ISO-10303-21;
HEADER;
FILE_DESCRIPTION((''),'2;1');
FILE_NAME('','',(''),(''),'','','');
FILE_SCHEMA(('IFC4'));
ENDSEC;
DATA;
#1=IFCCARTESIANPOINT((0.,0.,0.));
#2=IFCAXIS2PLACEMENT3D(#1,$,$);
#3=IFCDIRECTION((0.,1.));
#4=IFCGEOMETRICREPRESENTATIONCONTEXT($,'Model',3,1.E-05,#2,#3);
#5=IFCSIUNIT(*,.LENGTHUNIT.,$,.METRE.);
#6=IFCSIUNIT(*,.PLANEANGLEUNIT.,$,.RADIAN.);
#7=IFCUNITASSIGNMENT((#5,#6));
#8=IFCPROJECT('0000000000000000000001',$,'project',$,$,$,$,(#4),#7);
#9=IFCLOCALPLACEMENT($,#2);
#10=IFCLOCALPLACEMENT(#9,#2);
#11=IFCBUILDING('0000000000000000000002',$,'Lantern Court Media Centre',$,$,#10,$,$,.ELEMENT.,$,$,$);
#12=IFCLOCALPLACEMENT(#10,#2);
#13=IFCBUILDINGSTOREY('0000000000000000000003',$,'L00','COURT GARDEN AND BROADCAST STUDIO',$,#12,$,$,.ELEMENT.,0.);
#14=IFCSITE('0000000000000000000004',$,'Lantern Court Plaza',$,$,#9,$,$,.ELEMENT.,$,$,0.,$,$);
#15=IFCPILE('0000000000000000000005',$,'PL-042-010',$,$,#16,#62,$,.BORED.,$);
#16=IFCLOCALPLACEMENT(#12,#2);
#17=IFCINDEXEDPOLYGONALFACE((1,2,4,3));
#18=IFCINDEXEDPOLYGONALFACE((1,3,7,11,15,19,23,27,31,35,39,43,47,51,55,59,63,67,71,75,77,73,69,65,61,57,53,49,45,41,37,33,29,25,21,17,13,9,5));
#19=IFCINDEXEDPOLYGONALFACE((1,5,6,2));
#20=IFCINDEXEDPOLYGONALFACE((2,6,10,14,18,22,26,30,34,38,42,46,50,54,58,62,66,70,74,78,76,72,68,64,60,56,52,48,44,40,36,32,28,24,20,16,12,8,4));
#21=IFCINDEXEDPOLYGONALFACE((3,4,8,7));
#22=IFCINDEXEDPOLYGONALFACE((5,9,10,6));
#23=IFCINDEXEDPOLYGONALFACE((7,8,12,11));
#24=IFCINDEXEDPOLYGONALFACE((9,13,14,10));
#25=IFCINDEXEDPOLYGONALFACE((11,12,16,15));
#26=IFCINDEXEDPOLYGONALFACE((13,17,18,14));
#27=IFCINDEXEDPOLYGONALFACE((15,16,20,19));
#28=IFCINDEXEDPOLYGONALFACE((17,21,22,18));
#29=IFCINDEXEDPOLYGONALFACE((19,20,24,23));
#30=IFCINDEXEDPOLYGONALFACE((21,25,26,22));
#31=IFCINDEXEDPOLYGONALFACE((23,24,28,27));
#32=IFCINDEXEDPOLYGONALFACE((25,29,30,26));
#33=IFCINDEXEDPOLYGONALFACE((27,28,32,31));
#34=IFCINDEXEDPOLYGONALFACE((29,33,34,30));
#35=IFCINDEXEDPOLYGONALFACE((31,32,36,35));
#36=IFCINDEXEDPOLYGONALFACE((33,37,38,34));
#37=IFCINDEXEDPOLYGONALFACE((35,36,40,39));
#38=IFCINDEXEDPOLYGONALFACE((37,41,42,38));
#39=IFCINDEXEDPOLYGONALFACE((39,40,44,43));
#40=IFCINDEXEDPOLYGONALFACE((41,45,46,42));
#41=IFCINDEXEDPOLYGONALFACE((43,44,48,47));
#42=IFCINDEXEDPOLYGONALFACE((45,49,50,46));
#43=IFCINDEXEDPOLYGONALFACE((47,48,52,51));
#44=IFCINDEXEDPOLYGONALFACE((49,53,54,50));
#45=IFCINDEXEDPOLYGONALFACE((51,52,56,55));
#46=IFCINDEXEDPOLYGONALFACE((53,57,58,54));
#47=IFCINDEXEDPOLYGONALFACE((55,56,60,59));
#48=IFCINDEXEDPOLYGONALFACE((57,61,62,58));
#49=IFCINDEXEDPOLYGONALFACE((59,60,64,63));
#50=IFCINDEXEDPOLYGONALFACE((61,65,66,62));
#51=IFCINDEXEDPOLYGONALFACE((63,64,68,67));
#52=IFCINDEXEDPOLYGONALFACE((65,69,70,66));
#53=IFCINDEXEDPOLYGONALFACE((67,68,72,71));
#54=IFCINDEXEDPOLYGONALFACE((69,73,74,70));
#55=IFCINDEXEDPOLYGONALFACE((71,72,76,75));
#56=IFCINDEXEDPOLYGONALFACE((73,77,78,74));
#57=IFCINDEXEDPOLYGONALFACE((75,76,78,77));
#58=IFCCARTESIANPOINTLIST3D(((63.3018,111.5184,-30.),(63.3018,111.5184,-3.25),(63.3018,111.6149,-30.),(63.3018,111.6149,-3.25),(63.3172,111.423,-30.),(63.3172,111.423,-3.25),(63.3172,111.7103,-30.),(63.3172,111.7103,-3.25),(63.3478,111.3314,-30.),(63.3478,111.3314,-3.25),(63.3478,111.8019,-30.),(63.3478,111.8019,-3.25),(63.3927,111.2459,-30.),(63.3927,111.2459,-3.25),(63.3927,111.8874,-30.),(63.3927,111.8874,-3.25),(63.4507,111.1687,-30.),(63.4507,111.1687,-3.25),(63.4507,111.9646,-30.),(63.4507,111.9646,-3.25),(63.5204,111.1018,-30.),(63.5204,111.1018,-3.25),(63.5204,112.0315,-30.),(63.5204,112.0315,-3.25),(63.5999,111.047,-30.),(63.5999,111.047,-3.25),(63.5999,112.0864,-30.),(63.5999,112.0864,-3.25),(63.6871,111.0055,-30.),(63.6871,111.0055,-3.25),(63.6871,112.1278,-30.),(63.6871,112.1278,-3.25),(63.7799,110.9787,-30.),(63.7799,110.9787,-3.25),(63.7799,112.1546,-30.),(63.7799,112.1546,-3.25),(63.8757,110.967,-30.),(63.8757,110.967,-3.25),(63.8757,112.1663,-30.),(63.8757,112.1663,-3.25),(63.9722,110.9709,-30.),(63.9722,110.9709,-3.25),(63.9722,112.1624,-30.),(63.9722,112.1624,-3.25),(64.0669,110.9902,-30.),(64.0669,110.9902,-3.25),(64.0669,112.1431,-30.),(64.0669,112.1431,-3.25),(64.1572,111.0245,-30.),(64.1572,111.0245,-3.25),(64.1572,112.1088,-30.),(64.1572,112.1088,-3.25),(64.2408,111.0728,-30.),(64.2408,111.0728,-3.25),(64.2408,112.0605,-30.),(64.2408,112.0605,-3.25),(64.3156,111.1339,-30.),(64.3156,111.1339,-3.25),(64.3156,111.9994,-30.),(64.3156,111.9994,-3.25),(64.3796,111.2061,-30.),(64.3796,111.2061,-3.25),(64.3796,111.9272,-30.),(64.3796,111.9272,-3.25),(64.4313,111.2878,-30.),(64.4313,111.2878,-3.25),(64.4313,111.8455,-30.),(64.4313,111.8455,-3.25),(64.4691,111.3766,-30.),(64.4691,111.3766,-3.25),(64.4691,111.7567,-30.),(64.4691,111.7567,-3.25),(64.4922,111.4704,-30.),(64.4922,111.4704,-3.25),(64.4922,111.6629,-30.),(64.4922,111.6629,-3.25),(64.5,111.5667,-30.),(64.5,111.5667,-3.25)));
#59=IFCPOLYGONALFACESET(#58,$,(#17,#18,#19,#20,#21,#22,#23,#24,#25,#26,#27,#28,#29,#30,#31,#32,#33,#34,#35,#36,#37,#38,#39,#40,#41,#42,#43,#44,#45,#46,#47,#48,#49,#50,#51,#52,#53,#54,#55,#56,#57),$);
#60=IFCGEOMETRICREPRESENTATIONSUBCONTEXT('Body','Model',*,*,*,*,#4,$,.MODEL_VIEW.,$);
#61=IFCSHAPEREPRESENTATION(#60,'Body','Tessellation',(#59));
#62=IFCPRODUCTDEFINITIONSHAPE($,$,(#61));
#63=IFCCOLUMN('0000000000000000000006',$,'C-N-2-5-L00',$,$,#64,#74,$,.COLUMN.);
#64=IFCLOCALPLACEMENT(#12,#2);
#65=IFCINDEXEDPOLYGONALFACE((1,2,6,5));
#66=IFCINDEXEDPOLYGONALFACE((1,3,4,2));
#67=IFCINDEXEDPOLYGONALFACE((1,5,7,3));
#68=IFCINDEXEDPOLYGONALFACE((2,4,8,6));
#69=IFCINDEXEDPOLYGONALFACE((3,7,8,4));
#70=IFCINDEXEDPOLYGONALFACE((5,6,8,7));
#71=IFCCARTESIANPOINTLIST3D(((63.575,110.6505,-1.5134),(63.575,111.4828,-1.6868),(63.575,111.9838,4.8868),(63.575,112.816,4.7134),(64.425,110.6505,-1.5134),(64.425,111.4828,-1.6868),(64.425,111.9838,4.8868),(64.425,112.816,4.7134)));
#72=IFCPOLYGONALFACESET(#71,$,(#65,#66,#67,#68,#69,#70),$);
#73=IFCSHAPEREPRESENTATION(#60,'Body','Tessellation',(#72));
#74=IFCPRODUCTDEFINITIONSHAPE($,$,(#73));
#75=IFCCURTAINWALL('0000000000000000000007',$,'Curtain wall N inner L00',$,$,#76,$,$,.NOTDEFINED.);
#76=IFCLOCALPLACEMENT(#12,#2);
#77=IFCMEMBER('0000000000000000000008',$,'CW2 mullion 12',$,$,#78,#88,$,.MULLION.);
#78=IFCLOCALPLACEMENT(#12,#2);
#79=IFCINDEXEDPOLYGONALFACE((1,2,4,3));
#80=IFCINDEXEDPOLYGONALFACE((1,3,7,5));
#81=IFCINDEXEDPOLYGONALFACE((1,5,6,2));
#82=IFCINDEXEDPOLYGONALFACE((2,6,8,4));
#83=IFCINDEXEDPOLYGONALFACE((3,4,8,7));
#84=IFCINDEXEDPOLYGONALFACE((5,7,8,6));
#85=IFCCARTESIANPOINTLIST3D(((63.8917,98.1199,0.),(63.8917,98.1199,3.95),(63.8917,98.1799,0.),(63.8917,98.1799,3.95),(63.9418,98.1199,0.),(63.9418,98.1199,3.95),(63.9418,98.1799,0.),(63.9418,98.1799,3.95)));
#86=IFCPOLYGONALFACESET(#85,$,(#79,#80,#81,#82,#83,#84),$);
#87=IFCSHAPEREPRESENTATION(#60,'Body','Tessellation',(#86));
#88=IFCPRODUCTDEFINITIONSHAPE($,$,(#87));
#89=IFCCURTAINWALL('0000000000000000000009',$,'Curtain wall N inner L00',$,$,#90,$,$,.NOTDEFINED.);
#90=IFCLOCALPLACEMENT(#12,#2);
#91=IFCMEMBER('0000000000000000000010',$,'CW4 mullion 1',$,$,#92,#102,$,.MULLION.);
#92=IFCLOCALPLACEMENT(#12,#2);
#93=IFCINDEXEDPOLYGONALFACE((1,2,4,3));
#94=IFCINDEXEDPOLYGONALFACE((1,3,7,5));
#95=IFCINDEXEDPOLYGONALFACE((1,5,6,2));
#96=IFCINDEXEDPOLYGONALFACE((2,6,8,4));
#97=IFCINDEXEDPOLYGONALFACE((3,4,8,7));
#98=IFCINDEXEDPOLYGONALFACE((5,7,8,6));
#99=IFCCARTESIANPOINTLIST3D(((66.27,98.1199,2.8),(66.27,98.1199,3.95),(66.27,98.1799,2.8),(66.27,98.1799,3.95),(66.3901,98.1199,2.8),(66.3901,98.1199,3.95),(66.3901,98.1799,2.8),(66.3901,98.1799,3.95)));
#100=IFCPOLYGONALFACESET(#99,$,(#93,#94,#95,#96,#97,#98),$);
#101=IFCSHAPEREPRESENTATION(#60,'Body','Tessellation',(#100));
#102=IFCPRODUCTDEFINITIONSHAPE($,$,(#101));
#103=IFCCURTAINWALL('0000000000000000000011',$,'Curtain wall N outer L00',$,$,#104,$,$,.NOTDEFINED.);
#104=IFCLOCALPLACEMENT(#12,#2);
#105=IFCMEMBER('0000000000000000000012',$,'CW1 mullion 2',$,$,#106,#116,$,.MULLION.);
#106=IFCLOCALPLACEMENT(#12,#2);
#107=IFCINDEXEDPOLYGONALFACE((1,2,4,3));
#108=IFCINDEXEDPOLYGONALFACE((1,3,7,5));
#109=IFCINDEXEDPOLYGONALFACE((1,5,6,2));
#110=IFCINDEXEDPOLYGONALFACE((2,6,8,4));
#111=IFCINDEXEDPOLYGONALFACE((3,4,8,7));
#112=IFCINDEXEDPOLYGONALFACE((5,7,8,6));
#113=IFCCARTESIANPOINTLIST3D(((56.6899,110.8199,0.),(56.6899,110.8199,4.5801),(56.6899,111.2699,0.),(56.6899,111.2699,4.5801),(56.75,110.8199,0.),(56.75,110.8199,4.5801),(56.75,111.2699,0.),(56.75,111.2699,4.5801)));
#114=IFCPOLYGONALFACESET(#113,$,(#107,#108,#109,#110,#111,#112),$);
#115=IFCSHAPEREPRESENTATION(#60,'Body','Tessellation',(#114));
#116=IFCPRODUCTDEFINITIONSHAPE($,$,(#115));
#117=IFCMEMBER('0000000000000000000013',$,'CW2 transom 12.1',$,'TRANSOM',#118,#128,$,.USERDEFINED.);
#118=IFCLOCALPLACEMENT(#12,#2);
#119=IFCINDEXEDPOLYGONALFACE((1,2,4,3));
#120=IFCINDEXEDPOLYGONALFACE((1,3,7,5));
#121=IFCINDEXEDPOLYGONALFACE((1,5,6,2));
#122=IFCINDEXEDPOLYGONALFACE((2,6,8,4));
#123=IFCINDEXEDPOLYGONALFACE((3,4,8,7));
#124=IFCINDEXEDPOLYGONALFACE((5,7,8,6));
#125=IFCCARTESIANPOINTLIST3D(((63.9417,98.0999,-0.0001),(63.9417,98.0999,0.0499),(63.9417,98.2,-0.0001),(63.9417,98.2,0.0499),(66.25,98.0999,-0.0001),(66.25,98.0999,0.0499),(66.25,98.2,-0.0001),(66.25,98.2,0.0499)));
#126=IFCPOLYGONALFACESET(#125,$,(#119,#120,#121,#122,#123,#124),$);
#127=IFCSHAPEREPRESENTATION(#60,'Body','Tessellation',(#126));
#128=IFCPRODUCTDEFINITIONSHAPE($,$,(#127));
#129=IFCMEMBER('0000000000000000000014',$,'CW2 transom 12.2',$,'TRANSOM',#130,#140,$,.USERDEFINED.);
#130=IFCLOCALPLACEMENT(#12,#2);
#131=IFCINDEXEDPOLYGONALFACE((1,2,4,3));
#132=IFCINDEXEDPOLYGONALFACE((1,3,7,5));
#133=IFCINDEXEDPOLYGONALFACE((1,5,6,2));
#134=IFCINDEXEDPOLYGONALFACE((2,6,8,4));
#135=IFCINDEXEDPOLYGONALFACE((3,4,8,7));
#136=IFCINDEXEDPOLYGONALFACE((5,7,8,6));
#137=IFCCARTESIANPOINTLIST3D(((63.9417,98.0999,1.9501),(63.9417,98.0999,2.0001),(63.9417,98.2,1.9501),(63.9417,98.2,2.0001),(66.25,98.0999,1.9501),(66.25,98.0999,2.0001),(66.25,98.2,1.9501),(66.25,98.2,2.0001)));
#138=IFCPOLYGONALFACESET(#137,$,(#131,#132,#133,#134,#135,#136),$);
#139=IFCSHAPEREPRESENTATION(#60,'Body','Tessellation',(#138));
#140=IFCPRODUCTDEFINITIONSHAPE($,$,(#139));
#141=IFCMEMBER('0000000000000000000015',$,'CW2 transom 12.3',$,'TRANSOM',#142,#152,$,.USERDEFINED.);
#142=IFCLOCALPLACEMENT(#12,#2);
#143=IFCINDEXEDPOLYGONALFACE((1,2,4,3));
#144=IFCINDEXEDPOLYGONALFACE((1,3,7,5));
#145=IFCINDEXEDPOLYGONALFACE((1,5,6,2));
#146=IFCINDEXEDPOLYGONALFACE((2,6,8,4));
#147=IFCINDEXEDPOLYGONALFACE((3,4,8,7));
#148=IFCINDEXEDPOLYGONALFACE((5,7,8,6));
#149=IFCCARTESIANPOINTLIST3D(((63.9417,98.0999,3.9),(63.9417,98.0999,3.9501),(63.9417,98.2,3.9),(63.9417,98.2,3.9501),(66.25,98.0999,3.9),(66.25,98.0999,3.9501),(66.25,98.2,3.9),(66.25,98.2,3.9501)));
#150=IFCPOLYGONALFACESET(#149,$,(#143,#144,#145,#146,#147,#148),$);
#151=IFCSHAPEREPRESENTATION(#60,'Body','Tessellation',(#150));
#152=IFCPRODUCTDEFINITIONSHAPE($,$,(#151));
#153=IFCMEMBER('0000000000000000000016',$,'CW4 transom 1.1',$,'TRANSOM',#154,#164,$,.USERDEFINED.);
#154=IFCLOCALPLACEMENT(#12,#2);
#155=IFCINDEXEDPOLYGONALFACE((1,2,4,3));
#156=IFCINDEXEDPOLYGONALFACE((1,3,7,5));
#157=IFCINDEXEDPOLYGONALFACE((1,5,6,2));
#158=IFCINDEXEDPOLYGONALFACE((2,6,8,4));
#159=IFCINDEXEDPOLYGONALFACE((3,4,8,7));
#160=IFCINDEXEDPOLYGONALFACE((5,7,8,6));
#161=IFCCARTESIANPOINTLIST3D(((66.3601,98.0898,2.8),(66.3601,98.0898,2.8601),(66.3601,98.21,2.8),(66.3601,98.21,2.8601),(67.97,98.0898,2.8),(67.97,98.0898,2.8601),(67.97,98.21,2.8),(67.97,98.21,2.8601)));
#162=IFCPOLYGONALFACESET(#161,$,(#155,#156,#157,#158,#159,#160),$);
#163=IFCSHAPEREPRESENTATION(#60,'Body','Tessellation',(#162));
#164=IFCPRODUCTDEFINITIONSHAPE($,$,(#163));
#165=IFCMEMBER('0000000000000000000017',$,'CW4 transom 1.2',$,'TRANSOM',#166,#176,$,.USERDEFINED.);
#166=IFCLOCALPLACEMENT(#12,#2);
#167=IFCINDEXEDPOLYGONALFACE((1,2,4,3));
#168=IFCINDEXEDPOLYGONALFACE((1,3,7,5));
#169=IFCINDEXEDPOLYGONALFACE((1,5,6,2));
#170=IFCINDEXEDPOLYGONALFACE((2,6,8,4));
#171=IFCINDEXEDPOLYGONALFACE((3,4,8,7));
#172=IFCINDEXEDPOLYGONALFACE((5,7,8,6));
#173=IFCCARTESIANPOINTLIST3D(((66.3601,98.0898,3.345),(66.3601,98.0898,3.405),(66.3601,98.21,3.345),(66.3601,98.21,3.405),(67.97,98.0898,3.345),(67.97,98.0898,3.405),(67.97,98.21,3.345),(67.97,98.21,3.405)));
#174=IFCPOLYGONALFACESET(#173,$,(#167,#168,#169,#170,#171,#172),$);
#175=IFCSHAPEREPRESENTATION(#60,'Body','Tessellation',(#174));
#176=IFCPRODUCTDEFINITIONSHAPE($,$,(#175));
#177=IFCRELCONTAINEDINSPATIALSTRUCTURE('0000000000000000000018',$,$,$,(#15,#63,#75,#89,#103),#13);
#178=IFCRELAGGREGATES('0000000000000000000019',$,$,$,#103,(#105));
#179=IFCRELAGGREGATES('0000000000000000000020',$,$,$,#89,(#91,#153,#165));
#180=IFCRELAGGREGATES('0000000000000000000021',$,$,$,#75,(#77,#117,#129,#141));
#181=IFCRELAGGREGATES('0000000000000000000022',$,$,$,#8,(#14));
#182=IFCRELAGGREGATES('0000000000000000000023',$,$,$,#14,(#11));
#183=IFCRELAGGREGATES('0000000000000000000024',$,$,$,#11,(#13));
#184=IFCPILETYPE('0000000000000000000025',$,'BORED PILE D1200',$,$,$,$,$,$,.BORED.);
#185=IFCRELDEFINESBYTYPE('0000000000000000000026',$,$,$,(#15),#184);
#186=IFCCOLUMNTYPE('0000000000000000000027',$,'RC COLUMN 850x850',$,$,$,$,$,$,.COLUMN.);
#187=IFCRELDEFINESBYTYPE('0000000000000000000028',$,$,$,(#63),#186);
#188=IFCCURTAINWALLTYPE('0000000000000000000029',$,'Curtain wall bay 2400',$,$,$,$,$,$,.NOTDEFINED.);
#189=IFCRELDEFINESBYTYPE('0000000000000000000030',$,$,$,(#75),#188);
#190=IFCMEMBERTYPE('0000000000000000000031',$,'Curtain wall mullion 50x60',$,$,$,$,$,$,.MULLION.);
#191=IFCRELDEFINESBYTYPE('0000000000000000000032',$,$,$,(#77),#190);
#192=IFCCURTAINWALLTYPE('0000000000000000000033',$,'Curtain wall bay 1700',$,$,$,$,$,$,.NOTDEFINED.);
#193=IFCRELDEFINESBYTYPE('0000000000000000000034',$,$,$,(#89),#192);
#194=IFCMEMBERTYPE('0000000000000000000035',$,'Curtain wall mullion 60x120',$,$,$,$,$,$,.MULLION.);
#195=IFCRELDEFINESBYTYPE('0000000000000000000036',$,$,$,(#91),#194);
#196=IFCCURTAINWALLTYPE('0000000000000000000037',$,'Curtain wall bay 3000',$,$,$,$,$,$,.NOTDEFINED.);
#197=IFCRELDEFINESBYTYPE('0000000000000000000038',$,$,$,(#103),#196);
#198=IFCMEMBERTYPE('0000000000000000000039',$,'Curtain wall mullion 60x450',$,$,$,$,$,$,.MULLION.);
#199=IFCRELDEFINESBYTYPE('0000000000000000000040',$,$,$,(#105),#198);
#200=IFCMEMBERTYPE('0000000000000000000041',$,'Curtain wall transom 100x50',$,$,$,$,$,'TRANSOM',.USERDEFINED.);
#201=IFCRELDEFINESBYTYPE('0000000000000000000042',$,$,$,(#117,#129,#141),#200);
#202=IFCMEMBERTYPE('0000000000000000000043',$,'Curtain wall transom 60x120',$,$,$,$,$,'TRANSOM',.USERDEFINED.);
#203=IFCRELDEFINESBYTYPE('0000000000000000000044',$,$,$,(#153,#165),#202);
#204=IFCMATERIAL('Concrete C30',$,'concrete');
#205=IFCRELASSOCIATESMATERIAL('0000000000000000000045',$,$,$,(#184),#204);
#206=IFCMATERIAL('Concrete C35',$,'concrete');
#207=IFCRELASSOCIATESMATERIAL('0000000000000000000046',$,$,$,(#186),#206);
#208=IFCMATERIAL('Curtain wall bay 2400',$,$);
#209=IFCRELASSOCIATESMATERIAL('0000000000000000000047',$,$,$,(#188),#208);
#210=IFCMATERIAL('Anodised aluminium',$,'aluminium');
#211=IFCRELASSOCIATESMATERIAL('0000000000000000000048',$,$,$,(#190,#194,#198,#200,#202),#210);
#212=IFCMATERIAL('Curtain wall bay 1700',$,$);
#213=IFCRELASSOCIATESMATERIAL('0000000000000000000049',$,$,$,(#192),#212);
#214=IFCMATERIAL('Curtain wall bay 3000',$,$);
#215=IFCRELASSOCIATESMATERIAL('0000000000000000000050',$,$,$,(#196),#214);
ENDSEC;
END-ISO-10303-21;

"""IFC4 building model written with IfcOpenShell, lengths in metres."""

from ifc_helpers import new_model, si_unit, direction, frame, origin, origin_2d, place, context, subcontext, project, spatial, rectangle, circle, extrude, material, material_profile, profile_set, type_object, element, aggregate, save


model = new_model("IFC4")

# Units and contexts
model_context = context("Model", 3, precision=1e-05, world=origin(), true_north=direction((0.0, 1.0)))
body_context = subcontext(model_context, "Body", "Model", "MODEL_VIEW")
ifc_project = project(units=[si_unit("LENGTHUNIT", "METRE"), si_unit("PLANEANGLEUNIT", "RADIAN")], contexts=[model_context])

# Site, building, storey
site_placement = place(None, origin())
site = spatial("IfcSite", under=ifc_project, at=site_placement, Name="Lantern Court Plaza", CompositionType="ELEMENT", RefElevation=0.0)
building_placement = place(site_placement, origin())
building = spatial("IfcBuilding", under=site, at=building_placement, Name="Lantern Court Media Centre", CompositionType="ELEMENT")
storey_placement = place(building_placement, origin())
storey = spatial("IfcBuildingStorey", under=building, at=storey_placement, Name="L00", Description="COURT GARDEN AND BROADCAST STUDIO", CompositionType="ELEMENT", Elevation=0.0)

# Pile
ifc_material_1 = material(Name="Concrete C30", Category="concrete")
ifc_material_profile_1 = material_profile(ifc_material_1, circle(Radius=0.6001, at=origin_2d()), Name="D1200")
ifc_profile_set_1 = profile_set([ifc_material_profile_1], Name="Concrete C30")
pile_type = type_object("IfcPileType", Name="BORED PILE D1200", PredefinedType="BORED", material=ifc_profile_set_1)
for number, where, z_axis, x_axis, name in (
    (1, (63.8999, 111.5667, -3.25), (0.0, 0.0, -1.0), (1.0, 0.0, 0.0), "PL-042-010"),
):
    element("IfcPile", number, at=place(storey_placement, frame(where, z_axis=z_axis, x_axis=x_axis)), inside=storey, type_object=pile_type, Name=name, PredefinedType="BORED", context=body_context, shape_type="SweptSolid", body=[
        extrude(circle(Radius=0.6001, at=origin_2d()), origin(), (0.0, 0.0, 1.0), 26.75),
    ])

# Column
ifc_material_2 = material(Name="Concrete C35", Category="concrete")
ifc_material_profile_2 = material_profile(ifc_material_2, rectangle(XDim=0.8501, YDim=0.8501, at=origin_2d()), Name="RC 850x850")
ifc_profile_set_2 = profile_set([ifc_material_profile_2], Name="Concrete C35")
column_type = type_object("IfcColumnType", Name="RC COLUMN 850x850", PredefinedType="COLUMN", material=ifc_profile_set_2)
column_placement = place(storey_placement, frame((64.0, 111.0667, -1.6001), z_axis=(0.0, 0.203938, 0.978984), x_axis=(-1.0, 0.0, 0.0)))
element("IfcColumn", 2, at=column_placement, inside=storey, type_object=column_type, Name="C-N-2-5-L00", PredefinedType="COLUMN", context=body_context, shape_type="SweptSolid", body=[
    extrude(rectangle(XDim=0.8501, YDim=0.8501, at=origin_2d()), origin(), (0.0, 0.0, 1.0), 6.5376),
])

# Curtain walls, members
ifc_material_3 = material(Name="Curtain wall bay 2400")
curtain_wall_type_1 = type_object("IfcCurtainWallType", Name="Curtain wall bay 2400", PredefinedType="NOTDEFINED", material=ifc_material_3)
curtain_wall_1_placement = place(storey_placement, origin())
curtain_wall_1 = element("IfcCurtainWall", 3, at=curtain_wall_1_placement, inside=storey, type_object=curtain_wall_type_1, Name="Curtain wall N inner L00", PredefinedType="NOTDEFINED")
ifc_material_4 = material(Name="Anodised aluminium", Category="aluminium")
ifc_material_profile_3 = material_profile(ifc_material_4, rectangle(XDim=0.0601, YDim=0.05, at=origin_2d()), Name="AL 50x60")
ifc_profile_set_3 = profile_set([ifc_material_profile_3], Name="Anodised aluminium")
member_type_1 = type_object("IfcMemberType", Name="Curtain wall mullion 50x60", PredefinedType="MULLION", material=ifc_profile_set_3)
member_1_placement = place(storey_placement, frame((63.9167, 98.1499, 0.0), z_axis=(0.0, 0.0, 1.0), x_axis=(0.0, 1.0, 0.0)))
member_1 = element("IfcMember", 4, at=member_1_placement, type_object=member_type_1, Name="CW2 mullion 12", PredefinedType="MULLION", context=body_context, shape_type="SweptSolid", body=[
    extrude(rectangle(XDim=0.0601, YDim=0.05, at=origin_2d()), origin(), (0.0, 0.0, 1.0), 3.95),
])
ifc_material_5 = material(Name="Curtain wall bay 1700")
curtain_wall_type_2 = type_object("IfcCurtainWallType", Name="Curtain wall bay 1700", PredefinedType="NOTDEFINED", material=ifc_material_5)
curtain_wall_2_placement = place(storey_placement, origin())
curtain_wall_2 = element("IfcCurtainWall", 5, at=curtain_wall_2_placement, inside=storey, type_object=curtain_wall_type_2, Name="Curtain wall N inner L00", PredefinedType="NOTDEFINED")
ifc_material_profile_4 = material_profile(ifc_material_4, rectangle(XDim=0.0601, YDim=0.1201, at=origin_2d()), Name="AL 60x120")
ifc_profile_set_4 = profile_set([ifc_material_profile_4], Name="Anodised aluminium")
member_type_2 = type_object("IfcMemberType", Name="Curtain wall mullion 60x120", PredefinedType="MULLION", material=ifc_profile_set_4)
member_2_placement = place(storey_placement, frame((66.3301, 98.1499, 2.8), z_axis=(0.0, 0.0, 1.0), x_axis=(0.0, 1.0, 0.0)))
member_2 = element("IfcMember", 6, at=member_2_placement, type_object=member_type_2, Name="CW4 mullion 1", PredefinedType="MULLION", context=body_context, shape_type="SweptSolid", body=[
    extrude(rectangle(XDim=0.0601, YDim=0.1201, at=origin_2d()), origin(), (0.0, 0.0, 1.0), 1.1499),
])
ifc_material_6 = material(Name="Curtain wall bay 3000")
curtain_wall_type_3 = type_object("IfcCurtainWallType", Name="Curtain wall bay 3000", PredefinedType="NOTDEFINED", material=ifc_material_6)
curtain_wall_3_placement = place(storey_placement, origin())
curtain_wall_3 = element("IfcCurtainWall", 7, at=curtain_wall_3_placement, inside=storey, type_object=curtain_wall_type_3, Name="Curtain wall N outer L00", PredefinedType="NOTDEFINED")
ifc_material_profile_5 = material_profile(ifc_material_4, rectangle(XDim=0.45, YDim=0.0601, at=origin_2d()), Name="AL 60x450")
ifc_profile_set_5 = profile_set([ifc_material_profile_5], Name="Anodised aluminium")
member_type_3 = type_object("IfcMemberType", Name="Curtain wall mullion 60x450", PredefinedType="MULLION", material=ifc_profile_set_5)
member_3_placement = place(storey_placement, frame((56.72, 111.0449, 0.0), z_axis=(0.0, 0.0, 1.0), x_axis=(0.0, 1.0, 0.0)))
member_3 = element("IfcMember", 8, at=member_3_placement, type_object=member_type_3, Name="CW1 mullion 2", PredefinedType="MULLION", context=body_context, shape_type="SweptSolid", body=[
    extrude(rectangle(XDim=0.45, YDim=0.0601, at=origin_2d()), origin(), (0.0, 0.0, 1.0), 4.5801),
])
aggregate(curtain_wall_3, [member_3])

# Members
ifc_material_profile_6 = material_profile(ifc_material_4, rectangle(XDim=0.1001, YDim=0.05, at=origin_2d()), Name="AL 50x100")
ifc_profile_set_6 = profile_set([ifc_material_profile_6], Name="Anodised aluminium")
member_type_4 = type_object("IfcMemberType", Name="Curtain wall transom 100x50", ElementType="TRANSOM", PredefinedType="USERDEFINED", material=ifc_profile_set_6)
member_4_placement = place(storey_placement, frame((63.9417, 98.1499, 0.0249), z_axis=(1.0, 0.0, 0.0), x_axis=(0.0, 1.0, 0.0)))
member_4 = element("IfcMember", 9, at=member_4_placement, type_object=member_type_4, Name="CW2 transom 12.1", ObjectType="TRANSOM", PredefinedType="USERDEFINED", context=body_context, shape_type="SweptSolid", body=[
    extrude(rectangle(XDim=0.1001, YDim=0.05, at=origin_2d()), origin(), (0.0, 0.0, 1.0), 2.3083),
])
member_5_placement = place(storey_placement, frame((63.9417, 98.1499, 1.9751), z_axis=(1.0, 0.0, 0.0), x_axis=(0.0, 1.0, 0.0)))
member_5 = element("IfcMember", 10, at=member_5_placement, type_object=member_type_4, Name="CW2 transom 12.2", ObjectType="TRANSOM", PredefinedType="USERDEFINED", context=body_context, shape_type="SweptSolid", body=[
    extrude(rectangle(XDim=0.1001, YDim=0.05, at=origin_2d()), origin(), (0.0, 0.0, 1.0), 2.3083),
])
member_6_placement = place(storey_placement, frame((63.9417, 98.1499, 3.925), z_axis=(1.0, 0.0, 0.0), x_axis=(0.0, 1.0, 0.0)))
member_6 = element("IfcMember", 11, at=member_6_placement, type_object=member_type_4, Name="CW2 transom 12.3", ObjectType="TRANSOM", PredefinedType="USERDEFINED", context=body_context, shape_type="SweptSolid", body=[
    extrude(rectangle(XDim=0.1001, YDim=0.05, at=origin_2d()), origin(), (0.0, 0.0, 1.0), 2.3083),
])
ifc_material_profile_7 = material_profile(ifc_material_4, rectangle(XDim=0.1201, YDim=0.0601, at=origin_2d()), Name="AL 60x120")
ifc_profile_set_7 = profile_set([ifc_material_profile_7], Name="Anodised aluminium")
member_type_5 = type_object("IfcMemberType", Name="Curtain wall transom 60x120", ElementType="TRANSOM", PredefinedType="USERDEFINED", material=ifc_profile_set_7)
member_7_placement = place(storey_placement, frame((66.3601, 98.1499, 2.8301), z_axis=(1.0, 0.0, 0.0), x_axis=(0.0, 1.0, 0.0)))
member_7 = element("IfcMember", 12, at=member_7_placement, type_object=member_type_5, Name="CW4 transom 1.1", ObjectType="TRANSOM", PredefinedType="USERDEFINED", context=body_context, shape_type="SweptSolid", body=[
    extrude(rectangle(XDim=0.1201, YDim=0.0601, at=origin_2d()), origin(), (0.0, 0.0, 1.0), 1.6099),
])
member_8_placement = place(storey_placement, frame((66.3601, 98.1499, 3.375), z_axis=(1.0, 0.0, 0.0), x_axis=(0.0, 1.0, 0.0)))
member_8 = element("IfcMember", 13, at=member_8_placement, type_object=member_type_5, Name="CW4 transom 1.2", ObjectType="TRANSOM", PredefinedType="USERDEFINED", context=body_context, shape_type="SweptSolid", body=[
    extrude(rectangle(XDim=0.1201, YDim=0.0601, at=origin_2d()), origin(), (0.0, 0.0, 1.0), 1.6099),
])
aggregate(curtain_wall_2, [member_2, member_7, member_8])

aggregate(curtain_wall_1, [member_1, member_4, member_5, member_6])

save(model, "model.ifc")
